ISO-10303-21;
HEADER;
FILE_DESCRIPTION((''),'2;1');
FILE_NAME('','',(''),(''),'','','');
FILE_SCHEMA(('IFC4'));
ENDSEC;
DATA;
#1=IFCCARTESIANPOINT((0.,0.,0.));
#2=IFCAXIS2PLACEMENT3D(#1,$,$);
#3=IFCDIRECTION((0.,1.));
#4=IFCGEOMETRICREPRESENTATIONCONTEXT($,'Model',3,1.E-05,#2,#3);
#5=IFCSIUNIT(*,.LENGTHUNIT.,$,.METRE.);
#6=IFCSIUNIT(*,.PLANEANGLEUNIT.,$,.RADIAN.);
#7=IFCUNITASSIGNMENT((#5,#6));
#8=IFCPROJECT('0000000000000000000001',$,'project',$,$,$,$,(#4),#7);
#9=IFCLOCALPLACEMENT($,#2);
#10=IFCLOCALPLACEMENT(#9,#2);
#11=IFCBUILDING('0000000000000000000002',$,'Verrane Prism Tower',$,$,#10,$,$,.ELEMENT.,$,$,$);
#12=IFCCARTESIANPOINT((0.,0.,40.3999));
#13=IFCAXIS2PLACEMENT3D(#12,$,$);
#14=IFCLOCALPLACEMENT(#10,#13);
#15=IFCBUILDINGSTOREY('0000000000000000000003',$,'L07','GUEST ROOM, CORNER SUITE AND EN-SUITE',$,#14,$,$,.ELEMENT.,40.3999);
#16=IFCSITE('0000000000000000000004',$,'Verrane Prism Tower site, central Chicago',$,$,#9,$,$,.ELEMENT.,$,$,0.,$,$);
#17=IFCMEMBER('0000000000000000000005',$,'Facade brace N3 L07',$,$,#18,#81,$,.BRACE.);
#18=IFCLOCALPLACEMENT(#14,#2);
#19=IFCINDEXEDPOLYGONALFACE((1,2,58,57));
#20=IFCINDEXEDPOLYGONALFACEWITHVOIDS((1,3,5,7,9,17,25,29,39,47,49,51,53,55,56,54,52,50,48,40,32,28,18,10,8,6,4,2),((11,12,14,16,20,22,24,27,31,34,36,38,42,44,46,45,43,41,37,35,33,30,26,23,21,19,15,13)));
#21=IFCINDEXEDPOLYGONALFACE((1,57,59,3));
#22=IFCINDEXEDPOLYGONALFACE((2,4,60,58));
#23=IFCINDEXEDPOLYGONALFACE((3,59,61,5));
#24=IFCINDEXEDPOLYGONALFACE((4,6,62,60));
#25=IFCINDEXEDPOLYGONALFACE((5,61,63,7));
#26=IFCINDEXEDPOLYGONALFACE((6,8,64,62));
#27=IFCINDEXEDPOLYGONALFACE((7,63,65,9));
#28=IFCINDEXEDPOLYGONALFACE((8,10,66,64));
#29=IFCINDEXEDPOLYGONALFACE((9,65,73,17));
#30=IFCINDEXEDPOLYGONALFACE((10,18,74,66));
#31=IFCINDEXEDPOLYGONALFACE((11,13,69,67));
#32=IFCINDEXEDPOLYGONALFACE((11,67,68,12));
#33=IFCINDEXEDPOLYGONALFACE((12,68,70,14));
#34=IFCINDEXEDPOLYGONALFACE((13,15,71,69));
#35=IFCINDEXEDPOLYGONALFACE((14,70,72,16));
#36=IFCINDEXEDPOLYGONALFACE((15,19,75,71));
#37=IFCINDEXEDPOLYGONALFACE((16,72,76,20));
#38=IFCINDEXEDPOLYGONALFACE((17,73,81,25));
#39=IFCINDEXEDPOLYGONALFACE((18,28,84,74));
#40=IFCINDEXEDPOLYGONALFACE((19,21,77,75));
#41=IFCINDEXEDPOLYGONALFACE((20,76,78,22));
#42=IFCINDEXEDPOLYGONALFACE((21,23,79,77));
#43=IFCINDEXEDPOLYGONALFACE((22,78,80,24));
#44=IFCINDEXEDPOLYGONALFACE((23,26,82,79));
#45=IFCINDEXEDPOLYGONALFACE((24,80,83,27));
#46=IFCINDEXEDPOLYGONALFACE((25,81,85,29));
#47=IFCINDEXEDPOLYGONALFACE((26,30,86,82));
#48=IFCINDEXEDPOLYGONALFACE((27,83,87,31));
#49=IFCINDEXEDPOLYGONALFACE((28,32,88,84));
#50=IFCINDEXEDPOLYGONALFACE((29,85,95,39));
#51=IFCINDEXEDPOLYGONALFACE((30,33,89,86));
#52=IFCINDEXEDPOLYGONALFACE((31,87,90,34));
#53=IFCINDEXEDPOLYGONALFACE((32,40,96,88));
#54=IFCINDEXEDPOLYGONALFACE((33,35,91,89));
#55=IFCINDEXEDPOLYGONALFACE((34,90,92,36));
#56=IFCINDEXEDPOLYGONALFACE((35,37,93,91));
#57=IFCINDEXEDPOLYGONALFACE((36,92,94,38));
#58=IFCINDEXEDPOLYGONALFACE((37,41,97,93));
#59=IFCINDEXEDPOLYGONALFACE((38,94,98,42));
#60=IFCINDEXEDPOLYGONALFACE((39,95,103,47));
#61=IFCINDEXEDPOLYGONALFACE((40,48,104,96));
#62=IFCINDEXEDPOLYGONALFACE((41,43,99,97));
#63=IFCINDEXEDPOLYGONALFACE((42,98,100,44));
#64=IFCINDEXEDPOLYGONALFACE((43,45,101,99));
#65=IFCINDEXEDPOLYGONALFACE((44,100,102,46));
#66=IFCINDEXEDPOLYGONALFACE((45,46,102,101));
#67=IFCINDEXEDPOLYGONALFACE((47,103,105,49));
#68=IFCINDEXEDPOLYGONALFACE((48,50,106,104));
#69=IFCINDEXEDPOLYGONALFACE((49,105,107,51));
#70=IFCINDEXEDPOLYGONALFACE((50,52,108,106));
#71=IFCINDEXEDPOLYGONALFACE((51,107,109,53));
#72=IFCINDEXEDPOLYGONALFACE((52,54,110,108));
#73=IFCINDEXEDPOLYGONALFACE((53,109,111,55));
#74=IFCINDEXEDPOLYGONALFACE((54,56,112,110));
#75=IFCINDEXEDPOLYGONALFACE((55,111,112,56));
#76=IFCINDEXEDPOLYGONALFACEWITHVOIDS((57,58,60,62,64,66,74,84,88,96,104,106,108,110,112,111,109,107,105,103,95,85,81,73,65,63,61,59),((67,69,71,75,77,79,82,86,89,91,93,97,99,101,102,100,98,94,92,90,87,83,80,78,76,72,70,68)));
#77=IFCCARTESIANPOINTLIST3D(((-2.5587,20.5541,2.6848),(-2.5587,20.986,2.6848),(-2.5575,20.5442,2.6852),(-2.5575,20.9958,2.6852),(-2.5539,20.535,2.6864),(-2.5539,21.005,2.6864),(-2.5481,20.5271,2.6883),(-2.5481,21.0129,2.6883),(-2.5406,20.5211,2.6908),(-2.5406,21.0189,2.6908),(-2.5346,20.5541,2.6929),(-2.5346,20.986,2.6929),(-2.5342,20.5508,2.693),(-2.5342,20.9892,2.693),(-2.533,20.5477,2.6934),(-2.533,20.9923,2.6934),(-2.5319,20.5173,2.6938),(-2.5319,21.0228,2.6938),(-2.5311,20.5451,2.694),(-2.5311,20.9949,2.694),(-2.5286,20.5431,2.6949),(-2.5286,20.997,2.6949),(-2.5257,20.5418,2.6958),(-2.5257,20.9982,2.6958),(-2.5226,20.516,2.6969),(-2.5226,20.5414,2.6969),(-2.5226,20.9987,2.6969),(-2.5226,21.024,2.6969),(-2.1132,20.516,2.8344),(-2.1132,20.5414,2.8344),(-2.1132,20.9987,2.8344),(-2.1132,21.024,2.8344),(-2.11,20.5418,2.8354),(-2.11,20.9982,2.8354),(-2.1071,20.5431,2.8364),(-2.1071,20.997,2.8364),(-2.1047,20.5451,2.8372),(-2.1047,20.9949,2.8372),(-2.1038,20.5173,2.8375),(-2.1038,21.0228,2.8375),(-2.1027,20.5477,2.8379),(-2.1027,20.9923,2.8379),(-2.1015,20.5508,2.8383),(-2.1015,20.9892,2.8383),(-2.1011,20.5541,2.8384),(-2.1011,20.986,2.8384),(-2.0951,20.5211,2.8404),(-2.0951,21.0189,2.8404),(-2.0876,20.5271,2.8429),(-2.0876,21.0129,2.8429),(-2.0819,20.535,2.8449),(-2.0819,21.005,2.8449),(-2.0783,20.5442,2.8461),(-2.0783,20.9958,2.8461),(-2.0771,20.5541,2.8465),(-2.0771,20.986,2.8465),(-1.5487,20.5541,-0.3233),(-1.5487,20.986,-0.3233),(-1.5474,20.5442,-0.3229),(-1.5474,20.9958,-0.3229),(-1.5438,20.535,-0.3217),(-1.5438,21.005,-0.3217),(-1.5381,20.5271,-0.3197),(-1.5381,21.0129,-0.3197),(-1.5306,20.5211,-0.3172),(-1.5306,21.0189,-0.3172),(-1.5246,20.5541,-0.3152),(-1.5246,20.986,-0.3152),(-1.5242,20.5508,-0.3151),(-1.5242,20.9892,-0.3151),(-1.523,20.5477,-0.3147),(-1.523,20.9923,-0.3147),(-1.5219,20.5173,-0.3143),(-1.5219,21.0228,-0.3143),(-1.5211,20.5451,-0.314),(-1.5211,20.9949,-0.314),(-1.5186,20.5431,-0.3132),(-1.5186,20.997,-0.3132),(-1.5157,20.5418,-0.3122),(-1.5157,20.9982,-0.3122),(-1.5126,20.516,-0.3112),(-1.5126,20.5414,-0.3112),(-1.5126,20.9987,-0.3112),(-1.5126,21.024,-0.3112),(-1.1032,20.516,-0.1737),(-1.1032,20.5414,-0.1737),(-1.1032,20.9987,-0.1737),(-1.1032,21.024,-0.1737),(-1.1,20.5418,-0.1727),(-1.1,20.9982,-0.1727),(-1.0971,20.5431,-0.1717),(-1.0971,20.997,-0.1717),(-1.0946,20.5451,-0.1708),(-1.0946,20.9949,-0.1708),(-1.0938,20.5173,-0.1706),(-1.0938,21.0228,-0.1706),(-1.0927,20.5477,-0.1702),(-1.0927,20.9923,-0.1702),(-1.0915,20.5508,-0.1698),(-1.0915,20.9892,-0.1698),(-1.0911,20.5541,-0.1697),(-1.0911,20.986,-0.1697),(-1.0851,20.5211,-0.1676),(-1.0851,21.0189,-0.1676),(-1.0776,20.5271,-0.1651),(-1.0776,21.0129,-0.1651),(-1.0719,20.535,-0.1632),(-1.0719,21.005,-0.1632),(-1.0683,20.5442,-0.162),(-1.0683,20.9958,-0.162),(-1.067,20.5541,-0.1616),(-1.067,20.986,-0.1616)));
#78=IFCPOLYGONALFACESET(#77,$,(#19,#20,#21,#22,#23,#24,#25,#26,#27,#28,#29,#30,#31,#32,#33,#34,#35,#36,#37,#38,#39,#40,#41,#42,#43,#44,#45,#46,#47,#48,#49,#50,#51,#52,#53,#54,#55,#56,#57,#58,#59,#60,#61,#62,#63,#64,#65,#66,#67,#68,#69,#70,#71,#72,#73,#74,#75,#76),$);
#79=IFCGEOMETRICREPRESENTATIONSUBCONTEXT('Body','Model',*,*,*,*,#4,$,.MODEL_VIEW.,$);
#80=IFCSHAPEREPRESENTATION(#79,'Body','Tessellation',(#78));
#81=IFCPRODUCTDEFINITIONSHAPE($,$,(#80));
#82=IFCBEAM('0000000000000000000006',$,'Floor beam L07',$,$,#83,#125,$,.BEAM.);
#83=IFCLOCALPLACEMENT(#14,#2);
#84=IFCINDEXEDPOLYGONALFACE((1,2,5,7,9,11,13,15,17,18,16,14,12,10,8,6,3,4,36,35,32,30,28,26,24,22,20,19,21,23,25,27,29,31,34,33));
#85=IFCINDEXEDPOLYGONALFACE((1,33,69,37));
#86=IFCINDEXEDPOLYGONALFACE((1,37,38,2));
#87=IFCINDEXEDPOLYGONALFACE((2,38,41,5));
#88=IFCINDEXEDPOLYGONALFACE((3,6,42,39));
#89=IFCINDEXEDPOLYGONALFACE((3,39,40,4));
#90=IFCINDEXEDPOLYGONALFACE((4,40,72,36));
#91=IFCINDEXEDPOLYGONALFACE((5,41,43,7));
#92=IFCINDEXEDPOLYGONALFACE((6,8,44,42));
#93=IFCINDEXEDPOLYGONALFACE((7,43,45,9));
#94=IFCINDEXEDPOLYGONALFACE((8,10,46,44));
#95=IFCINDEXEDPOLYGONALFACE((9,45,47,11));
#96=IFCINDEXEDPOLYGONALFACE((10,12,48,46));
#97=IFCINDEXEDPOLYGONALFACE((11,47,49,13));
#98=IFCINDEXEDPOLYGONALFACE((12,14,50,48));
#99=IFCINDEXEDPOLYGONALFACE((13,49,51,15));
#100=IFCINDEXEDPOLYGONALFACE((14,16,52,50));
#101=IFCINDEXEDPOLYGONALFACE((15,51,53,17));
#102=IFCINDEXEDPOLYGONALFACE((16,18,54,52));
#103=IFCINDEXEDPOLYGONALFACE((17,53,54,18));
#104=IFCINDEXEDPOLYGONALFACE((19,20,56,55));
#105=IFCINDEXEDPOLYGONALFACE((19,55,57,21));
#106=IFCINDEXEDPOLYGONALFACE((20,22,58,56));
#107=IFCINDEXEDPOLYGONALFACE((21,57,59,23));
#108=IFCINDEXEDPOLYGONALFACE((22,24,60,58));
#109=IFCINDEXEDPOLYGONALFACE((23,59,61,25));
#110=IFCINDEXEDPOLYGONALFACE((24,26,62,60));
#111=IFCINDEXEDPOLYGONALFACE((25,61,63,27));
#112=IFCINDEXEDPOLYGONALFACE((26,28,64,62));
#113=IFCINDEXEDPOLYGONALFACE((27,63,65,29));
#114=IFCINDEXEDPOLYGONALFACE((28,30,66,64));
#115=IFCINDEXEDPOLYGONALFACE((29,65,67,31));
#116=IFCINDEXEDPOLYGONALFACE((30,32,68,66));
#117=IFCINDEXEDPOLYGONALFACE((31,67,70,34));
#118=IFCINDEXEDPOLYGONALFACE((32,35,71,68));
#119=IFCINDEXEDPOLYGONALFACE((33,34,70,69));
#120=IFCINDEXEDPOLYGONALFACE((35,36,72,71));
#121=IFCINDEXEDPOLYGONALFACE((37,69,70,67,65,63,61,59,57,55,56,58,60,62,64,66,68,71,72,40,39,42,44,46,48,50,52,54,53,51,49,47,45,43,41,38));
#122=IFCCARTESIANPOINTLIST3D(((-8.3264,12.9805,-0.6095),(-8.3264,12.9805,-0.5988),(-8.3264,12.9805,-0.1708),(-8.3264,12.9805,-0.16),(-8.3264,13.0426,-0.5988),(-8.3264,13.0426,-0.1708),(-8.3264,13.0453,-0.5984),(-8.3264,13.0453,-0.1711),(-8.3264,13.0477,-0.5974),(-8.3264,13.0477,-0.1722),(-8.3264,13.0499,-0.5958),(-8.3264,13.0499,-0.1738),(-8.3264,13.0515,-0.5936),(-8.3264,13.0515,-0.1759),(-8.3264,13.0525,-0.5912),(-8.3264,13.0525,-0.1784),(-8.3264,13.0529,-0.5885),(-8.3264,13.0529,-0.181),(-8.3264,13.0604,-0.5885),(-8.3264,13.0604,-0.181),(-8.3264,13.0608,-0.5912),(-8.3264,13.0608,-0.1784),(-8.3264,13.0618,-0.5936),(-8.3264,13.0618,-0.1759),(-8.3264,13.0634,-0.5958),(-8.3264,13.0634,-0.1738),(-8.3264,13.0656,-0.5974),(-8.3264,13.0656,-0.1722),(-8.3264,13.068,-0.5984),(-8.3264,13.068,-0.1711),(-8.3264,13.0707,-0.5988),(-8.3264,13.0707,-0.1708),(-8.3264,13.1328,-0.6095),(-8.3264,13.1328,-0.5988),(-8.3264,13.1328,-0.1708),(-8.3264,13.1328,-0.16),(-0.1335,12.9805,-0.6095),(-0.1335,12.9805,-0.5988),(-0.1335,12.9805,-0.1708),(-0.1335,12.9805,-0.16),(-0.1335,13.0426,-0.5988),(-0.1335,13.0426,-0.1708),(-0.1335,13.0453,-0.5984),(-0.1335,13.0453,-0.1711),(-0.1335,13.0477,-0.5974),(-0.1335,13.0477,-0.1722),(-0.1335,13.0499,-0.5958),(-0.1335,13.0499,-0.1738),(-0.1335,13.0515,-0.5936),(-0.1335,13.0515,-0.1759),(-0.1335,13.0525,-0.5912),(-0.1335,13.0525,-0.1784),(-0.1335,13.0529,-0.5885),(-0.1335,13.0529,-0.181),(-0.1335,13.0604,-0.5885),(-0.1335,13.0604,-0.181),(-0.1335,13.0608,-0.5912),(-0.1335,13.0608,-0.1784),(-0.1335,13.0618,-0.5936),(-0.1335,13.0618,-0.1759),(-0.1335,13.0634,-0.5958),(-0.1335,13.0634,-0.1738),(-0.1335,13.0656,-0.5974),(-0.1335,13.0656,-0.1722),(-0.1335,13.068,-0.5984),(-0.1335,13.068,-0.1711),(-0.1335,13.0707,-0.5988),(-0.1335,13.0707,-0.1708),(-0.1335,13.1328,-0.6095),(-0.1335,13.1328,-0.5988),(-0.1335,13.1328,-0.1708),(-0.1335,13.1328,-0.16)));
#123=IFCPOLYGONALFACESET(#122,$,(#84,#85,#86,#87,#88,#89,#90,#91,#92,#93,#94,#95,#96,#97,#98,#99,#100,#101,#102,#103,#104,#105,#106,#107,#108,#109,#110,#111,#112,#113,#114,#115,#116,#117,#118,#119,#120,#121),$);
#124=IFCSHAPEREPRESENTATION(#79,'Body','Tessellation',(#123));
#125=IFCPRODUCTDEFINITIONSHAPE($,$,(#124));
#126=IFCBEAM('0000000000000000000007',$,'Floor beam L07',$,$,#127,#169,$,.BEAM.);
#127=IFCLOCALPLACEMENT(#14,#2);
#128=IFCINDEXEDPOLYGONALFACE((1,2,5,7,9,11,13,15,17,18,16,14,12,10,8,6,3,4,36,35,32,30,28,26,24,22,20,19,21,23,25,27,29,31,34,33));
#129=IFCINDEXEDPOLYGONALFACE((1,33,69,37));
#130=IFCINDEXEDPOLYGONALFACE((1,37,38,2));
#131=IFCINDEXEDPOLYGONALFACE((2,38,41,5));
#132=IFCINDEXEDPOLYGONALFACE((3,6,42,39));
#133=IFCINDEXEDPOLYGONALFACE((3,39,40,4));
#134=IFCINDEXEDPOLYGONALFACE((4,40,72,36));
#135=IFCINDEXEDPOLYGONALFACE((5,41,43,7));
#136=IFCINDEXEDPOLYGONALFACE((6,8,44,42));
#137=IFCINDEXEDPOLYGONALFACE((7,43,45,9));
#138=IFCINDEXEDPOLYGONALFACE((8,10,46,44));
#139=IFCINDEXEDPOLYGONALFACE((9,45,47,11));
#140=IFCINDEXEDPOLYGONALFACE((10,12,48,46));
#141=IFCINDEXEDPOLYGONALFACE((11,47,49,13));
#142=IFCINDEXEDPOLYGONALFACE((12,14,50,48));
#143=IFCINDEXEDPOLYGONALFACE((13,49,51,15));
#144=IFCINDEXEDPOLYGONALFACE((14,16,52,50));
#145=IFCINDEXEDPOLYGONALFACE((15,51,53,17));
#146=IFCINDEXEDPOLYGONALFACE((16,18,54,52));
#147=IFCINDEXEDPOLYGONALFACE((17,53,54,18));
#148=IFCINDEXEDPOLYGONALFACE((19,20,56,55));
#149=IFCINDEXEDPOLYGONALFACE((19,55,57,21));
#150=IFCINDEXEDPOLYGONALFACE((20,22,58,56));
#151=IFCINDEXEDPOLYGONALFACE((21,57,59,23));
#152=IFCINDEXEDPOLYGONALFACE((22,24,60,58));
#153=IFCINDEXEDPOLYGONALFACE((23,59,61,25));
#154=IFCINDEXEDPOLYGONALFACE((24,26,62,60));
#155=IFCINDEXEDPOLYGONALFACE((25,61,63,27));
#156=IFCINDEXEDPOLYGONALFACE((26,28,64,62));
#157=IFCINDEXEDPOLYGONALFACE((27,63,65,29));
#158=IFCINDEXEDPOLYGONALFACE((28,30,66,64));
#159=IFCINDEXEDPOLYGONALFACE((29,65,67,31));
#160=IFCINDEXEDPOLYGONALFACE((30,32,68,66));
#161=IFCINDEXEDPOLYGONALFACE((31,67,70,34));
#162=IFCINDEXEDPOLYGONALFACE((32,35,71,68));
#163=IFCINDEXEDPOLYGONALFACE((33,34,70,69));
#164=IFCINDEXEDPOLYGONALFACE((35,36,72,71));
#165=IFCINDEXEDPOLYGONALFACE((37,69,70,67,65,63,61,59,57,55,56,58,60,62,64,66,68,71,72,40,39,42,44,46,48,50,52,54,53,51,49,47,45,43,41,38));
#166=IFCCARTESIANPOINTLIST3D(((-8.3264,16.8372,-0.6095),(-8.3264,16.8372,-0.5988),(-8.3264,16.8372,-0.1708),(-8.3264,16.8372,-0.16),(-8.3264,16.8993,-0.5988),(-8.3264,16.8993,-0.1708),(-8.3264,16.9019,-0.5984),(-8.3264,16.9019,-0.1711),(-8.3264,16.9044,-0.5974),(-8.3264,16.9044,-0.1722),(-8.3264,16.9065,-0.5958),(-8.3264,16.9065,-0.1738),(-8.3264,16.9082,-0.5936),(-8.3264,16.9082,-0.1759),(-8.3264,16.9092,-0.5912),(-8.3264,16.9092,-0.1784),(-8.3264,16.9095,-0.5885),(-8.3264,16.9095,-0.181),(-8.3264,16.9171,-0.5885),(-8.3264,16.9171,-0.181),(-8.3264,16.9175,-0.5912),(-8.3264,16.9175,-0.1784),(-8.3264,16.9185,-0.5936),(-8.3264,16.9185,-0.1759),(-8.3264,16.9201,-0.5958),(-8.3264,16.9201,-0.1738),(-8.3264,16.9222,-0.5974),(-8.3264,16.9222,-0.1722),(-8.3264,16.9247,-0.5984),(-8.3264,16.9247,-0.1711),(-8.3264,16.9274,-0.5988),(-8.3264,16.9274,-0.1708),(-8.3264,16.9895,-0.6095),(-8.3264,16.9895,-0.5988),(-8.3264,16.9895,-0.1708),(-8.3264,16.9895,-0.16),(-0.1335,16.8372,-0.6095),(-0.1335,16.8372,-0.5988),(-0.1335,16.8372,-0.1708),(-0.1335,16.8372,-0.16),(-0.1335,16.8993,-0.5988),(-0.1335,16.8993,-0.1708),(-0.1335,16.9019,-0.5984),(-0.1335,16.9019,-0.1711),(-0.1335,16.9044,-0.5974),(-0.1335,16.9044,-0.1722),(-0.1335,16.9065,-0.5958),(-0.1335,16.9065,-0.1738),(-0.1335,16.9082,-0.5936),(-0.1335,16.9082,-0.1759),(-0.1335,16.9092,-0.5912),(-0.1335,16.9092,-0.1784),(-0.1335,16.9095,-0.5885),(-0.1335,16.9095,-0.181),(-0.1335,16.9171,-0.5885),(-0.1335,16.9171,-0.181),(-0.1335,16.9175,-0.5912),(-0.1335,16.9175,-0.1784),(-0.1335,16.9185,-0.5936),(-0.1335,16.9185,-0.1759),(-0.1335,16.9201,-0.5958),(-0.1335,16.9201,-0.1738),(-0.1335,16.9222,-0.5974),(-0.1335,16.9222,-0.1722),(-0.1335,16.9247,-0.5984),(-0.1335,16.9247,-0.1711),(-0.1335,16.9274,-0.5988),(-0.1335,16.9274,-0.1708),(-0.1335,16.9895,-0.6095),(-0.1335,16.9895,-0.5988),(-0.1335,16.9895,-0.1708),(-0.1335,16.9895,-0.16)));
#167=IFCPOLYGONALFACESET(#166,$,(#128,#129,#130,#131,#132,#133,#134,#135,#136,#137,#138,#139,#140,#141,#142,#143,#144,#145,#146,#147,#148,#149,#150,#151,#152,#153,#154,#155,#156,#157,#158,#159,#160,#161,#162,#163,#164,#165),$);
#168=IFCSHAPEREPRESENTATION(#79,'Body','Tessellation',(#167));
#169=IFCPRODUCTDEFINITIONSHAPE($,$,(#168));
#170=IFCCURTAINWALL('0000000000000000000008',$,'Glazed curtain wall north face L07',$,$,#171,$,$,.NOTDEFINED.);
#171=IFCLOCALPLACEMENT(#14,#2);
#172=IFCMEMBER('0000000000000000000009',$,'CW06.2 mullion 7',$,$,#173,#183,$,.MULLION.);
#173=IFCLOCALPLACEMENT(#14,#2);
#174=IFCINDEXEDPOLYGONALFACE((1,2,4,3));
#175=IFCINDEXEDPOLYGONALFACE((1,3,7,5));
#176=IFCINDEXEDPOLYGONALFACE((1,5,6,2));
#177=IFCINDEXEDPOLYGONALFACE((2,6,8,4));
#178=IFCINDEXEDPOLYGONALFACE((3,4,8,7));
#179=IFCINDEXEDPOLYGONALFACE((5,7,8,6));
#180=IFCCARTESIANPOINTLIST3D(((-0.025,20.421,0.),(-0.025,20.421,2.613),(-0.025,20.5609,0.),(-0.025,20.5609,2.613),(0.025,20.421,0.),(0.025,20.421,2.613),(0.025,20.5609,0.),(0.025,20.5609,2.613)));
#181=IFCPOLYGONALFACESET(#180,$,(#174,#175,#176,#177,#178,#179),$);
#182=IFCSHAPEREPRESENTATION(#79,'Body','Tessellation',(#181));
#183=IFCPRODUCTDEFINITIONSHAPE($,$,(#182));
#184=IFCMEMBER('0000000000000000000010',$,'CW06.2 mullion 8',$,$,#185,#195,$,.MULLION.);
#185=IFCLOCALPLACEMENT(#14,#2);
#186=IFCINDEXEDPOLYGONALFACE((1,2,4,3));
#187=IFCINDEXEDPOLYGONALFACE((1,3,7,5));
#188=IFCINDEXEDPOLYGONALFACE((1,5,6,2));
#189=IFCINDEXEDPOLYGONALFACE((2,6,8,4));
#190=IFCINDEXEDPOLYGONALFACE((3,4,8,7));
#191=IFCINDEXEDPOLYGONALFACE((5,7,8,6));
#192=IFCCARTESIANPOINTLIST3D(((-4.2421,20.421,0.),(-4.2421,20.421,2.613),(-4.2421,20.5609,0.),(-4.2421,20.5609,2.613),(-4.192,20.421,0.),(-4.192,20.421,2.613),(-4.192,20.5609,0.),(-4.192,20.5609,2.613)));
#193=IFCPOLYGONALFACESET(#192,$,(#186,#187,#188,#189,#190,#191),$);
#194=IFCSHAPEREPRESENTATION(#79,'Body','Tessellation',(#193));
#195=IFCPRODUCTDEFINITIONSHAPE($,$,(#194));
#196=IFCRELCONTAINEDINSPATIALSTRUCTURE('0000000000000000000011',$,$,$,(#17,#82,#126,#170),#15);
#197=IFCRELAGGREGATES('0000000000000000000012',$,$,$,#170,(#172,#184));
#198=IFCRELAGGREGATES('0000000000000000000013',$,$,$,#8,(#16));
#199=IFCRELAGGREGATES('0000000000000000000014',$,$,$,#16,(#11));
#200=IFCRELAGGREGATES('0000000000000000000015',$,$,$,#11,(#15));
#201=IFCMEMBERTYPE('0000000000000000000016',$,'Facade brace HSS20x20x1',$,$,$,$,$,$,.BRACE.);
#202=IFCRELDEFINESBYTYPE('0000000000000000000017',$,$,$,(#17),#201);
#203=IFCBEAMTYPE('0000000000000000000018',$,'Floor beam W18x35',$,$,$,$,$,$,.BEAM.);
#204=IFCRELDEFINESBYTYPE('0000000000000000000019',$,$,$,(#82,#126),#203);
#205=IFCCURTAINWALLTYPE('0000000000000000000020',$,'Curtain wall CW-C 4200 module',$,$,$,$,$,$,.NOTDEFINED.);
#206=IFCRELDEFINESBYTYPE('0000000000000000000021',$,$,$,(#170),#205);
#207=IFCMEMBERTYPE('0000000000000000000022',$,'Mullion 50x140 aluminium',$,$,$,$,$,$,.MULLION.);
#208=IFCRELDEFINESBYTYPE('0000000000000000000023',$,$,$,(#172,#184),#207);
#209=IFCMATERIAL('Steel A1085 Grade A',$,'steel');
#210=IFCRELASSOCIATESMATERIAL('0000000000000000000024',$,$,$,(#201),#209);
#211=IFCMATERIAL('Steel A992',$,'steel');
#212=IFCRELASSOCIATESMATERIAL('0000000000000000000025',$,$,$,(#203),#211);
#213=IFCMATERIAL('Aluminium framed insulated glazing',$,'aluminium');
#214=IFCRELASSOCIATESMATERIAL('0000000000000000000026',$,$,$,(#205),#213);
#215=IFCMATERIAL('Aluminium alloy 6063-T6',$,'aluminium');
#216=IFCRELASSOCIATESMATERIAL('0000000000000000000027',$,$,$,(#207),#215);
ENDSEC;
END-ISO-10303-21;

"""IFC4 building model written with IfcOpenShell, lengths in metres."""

from ifc_helpers import new_model, si_unit, direction, frame, origin, origin_2d, place, context, subcontext, project, spatial, rectangle, hollow_rectangle, i_section, extrude, material, material_profile, profile_set, type_object, element, aggregate, save


model = new_model("IFC4")

# Units and contexts
model_context = context("Model", 3, precision=1e-05, world=origin(), true_north=direction((0.0, 1.0)))
body_context = subcontext(model_context, "Body", "Model", "MODEL_VIEW")
ifc_project = project(units=[si_unit("LENGTHUNIT", "METRE"), si_unit("PLANEANGLEUNIT", "RADIAN")], contexts=[model_context])

# Site, building, storey
site_placement = place(None, origin())
site = spatial("IfcSite", under=ifc_project, at=site_placement, Name="Verrane Prism Tower site, central Chicago", CompositionType="ELEMENT", RefElevation=0.0)
building_placement = place(site_placement, origin())
building = spatial("IfcBuilding", under=site, at=building_placement, Name="Verrane Prism Tower", CompositionType="ELEMENT")
storey_placement = place(building_placement, frame((0.0, 0.0, 40.3999)))
storey = spatial("IfcBuildingStorey", under=building, at=storey_placement, Name="L07", Description="GUEST ROOM, CORNER SUITE AND EN-SUITE", CompositionType="ELEMENT", Elevation=40.3999)

# Member
ifc_material_1 = material(Name="Steel A1085 Grade A", Category="steel")
ifc_material_profile_1 = material_profile(ifc_material_1, hollow_rectangle(XDim=0.5081, YDim=0.5081, WallThickness=0.0254, InnerFilletRadius=0.0127, OuterFilletRadius=0.0381, at=origin_2d()), Name="HSS20x20x1")
ifc_profile_set_1 = profile_set([ifc_material_profile_1], Name="Steel A1085 Grade A")
member_type_1 = type_object("IfcMemberType", Name="Facade brace HSS20x20x1", PredefinedType="BRACE", material=ifc_profile_set_1)
member_1_placement = place(storey_placement, frame((-1.3079, 20.77, -0.2424), z_axis=(-0.318304, 0.0, 0.947989), x_axis=(0.0, -1.0, 0.0)))
element("IfcMember", 1, at=member_1_placement, inside=storey, type_object=member_type_1, Name="Facade brace N3 L07", PredefinedType="BRACE", context=body_context, shape_type="SweptSolid", body=[
    extrude(hollow_rectangle(XDim=0.5081, YDim=0.5081, WallThickness=0.0254, InnerFilletRadius=0.0127, OuterFilletRadius=0.0381, at=origin_2d()), origin(), (0.0, 0.0, 1.0), 3.1731),
])

# Beams
ifc_material_2 = material(Name="Steel A992", Category="steel")
ifc_material_profile_2 = material_profile(ifc_material_2, i_section(OverallWidth=0.1523, OverallDepth=0.4495, WebThickness=0.0076, FlangeThickness=0.0107, FilletRadius=0.0103, at=origin_2d()), Name="W18x35")
ifc_profile_set_2 = profile_set([ifc_material_profile_2], Name="Steel A992")
beam_type_1 = type_object("IfcBeamType", Name="Floor beam W18x35", PredefinedType="BEAM", material=ifc_profile_set_2)
for number, where, z_axis, x_axis, name in (
    (2, (-8.3264, 13.0566, -0.3848), (1.0, 0.0, 0.0), (0.0, 1.0, 0.0), "Floor beam L07"),
    (3, (-8.3264, 16.9133, -0.3848), (1.0, 0.0, 0.0), (0.0, 1.0, 0.0), "Floor beam L07"),
):
    element("IfcBeam", number, at=place(storey_placement, frame(where, z_axis=z_axis, x_axis=x_axis)), inside=storey, type_object=beam_type_1, Name=name, PredefinedType="BEAM", context=body_context, shape_type="SweptSolid", body=[
        extrude(i_section(OverallWidth=0.1523, OverallDepth=0.4495, WebThickness=0.0076, FlangeThickness=0.0107, FilletRadius=0.0103, at=origin_2d()), origin(), (0.0, 0.0, 1.0), 8.1929),
    ])

# Curtain wall, members
ifc_material_3 = material(Name="Aluminium framed insulated glazing", Category="aluminium")
curtain_wall_type = type_object("IfcCurtainWallType", Name="Curtain wall CW-C 4200 module", PredefinedType="NOTDEFINED", material=ifc_material_3)
curtain_wall_placement = place(storey_placement, origin())
curtain_wall = element("IfcCurtainWall", 4, at=curtain_wall_placement, inside=storey, type_object=curtain_wall_type, Name="Glazed curtain wall north face L07", PredefinedType="NOTDEFINED")
ifc_material_4 = material(Name="Aluminium alloy 6063-T6", Category="aluminium")
ifc_material_profile_3 = material_profile(ifc_material_4, rectangle(XDim=0.1399, YDim=0.05, at=origin_2d()), Name="Mullion 50x140 aluminium")
ifc_profile_set_3 = profile_set([ifc_material_profile_3], Name="Aluminium alloy 6063-T6")
member_type_2 = type_object("IfcMemberType", Name="Mullion 50x140 aluminium", PredefinedType="MULLION", material=ifc_profile_set_3)
member_2_placement = place(storey_placement, frame((0.0, 20.491, 0.0), z_axis=(0.0, 0.0, 1.0), x_axis=(0.0, -1.0, 0.0)))
member_2 = element("IfcMember", 5, at=member_2_placement, type_object=member_type_2, Name="CW06.2 mullion 7", PredefinedType="MULLION", context=body_context, shape_type="SweptSolid", body=[
    extrude(rectangle(XDim=0.1399, YDim=0.05, at=origin_2d()), origin(), (0.0, 0.0, 1.0), 2.613),
])
member_3_placement = place(storey_placement, frame((-4.217, 20.491, 0.0), z_axis=(0.0, 0.0, 1.0), x_axis=(0.0, -1.0, 0.0)))
member_3 = element("IfcMember", 6, at=member_3_placement, type_object=member_type_2, Name="CW06.2 mullion 8", PredefinedType="MULLION", context=body_context, shape_type="SweptSolid", body=[
    extrude(rectangle(XDim=0.1399, YDim=0.05, at=origin_2d()), origin(), (0.0, 0.0, 1.0), 2.613),
])

aggregate(curtain_wall, [member_2, member_3])

save(model, "model.ifc")
